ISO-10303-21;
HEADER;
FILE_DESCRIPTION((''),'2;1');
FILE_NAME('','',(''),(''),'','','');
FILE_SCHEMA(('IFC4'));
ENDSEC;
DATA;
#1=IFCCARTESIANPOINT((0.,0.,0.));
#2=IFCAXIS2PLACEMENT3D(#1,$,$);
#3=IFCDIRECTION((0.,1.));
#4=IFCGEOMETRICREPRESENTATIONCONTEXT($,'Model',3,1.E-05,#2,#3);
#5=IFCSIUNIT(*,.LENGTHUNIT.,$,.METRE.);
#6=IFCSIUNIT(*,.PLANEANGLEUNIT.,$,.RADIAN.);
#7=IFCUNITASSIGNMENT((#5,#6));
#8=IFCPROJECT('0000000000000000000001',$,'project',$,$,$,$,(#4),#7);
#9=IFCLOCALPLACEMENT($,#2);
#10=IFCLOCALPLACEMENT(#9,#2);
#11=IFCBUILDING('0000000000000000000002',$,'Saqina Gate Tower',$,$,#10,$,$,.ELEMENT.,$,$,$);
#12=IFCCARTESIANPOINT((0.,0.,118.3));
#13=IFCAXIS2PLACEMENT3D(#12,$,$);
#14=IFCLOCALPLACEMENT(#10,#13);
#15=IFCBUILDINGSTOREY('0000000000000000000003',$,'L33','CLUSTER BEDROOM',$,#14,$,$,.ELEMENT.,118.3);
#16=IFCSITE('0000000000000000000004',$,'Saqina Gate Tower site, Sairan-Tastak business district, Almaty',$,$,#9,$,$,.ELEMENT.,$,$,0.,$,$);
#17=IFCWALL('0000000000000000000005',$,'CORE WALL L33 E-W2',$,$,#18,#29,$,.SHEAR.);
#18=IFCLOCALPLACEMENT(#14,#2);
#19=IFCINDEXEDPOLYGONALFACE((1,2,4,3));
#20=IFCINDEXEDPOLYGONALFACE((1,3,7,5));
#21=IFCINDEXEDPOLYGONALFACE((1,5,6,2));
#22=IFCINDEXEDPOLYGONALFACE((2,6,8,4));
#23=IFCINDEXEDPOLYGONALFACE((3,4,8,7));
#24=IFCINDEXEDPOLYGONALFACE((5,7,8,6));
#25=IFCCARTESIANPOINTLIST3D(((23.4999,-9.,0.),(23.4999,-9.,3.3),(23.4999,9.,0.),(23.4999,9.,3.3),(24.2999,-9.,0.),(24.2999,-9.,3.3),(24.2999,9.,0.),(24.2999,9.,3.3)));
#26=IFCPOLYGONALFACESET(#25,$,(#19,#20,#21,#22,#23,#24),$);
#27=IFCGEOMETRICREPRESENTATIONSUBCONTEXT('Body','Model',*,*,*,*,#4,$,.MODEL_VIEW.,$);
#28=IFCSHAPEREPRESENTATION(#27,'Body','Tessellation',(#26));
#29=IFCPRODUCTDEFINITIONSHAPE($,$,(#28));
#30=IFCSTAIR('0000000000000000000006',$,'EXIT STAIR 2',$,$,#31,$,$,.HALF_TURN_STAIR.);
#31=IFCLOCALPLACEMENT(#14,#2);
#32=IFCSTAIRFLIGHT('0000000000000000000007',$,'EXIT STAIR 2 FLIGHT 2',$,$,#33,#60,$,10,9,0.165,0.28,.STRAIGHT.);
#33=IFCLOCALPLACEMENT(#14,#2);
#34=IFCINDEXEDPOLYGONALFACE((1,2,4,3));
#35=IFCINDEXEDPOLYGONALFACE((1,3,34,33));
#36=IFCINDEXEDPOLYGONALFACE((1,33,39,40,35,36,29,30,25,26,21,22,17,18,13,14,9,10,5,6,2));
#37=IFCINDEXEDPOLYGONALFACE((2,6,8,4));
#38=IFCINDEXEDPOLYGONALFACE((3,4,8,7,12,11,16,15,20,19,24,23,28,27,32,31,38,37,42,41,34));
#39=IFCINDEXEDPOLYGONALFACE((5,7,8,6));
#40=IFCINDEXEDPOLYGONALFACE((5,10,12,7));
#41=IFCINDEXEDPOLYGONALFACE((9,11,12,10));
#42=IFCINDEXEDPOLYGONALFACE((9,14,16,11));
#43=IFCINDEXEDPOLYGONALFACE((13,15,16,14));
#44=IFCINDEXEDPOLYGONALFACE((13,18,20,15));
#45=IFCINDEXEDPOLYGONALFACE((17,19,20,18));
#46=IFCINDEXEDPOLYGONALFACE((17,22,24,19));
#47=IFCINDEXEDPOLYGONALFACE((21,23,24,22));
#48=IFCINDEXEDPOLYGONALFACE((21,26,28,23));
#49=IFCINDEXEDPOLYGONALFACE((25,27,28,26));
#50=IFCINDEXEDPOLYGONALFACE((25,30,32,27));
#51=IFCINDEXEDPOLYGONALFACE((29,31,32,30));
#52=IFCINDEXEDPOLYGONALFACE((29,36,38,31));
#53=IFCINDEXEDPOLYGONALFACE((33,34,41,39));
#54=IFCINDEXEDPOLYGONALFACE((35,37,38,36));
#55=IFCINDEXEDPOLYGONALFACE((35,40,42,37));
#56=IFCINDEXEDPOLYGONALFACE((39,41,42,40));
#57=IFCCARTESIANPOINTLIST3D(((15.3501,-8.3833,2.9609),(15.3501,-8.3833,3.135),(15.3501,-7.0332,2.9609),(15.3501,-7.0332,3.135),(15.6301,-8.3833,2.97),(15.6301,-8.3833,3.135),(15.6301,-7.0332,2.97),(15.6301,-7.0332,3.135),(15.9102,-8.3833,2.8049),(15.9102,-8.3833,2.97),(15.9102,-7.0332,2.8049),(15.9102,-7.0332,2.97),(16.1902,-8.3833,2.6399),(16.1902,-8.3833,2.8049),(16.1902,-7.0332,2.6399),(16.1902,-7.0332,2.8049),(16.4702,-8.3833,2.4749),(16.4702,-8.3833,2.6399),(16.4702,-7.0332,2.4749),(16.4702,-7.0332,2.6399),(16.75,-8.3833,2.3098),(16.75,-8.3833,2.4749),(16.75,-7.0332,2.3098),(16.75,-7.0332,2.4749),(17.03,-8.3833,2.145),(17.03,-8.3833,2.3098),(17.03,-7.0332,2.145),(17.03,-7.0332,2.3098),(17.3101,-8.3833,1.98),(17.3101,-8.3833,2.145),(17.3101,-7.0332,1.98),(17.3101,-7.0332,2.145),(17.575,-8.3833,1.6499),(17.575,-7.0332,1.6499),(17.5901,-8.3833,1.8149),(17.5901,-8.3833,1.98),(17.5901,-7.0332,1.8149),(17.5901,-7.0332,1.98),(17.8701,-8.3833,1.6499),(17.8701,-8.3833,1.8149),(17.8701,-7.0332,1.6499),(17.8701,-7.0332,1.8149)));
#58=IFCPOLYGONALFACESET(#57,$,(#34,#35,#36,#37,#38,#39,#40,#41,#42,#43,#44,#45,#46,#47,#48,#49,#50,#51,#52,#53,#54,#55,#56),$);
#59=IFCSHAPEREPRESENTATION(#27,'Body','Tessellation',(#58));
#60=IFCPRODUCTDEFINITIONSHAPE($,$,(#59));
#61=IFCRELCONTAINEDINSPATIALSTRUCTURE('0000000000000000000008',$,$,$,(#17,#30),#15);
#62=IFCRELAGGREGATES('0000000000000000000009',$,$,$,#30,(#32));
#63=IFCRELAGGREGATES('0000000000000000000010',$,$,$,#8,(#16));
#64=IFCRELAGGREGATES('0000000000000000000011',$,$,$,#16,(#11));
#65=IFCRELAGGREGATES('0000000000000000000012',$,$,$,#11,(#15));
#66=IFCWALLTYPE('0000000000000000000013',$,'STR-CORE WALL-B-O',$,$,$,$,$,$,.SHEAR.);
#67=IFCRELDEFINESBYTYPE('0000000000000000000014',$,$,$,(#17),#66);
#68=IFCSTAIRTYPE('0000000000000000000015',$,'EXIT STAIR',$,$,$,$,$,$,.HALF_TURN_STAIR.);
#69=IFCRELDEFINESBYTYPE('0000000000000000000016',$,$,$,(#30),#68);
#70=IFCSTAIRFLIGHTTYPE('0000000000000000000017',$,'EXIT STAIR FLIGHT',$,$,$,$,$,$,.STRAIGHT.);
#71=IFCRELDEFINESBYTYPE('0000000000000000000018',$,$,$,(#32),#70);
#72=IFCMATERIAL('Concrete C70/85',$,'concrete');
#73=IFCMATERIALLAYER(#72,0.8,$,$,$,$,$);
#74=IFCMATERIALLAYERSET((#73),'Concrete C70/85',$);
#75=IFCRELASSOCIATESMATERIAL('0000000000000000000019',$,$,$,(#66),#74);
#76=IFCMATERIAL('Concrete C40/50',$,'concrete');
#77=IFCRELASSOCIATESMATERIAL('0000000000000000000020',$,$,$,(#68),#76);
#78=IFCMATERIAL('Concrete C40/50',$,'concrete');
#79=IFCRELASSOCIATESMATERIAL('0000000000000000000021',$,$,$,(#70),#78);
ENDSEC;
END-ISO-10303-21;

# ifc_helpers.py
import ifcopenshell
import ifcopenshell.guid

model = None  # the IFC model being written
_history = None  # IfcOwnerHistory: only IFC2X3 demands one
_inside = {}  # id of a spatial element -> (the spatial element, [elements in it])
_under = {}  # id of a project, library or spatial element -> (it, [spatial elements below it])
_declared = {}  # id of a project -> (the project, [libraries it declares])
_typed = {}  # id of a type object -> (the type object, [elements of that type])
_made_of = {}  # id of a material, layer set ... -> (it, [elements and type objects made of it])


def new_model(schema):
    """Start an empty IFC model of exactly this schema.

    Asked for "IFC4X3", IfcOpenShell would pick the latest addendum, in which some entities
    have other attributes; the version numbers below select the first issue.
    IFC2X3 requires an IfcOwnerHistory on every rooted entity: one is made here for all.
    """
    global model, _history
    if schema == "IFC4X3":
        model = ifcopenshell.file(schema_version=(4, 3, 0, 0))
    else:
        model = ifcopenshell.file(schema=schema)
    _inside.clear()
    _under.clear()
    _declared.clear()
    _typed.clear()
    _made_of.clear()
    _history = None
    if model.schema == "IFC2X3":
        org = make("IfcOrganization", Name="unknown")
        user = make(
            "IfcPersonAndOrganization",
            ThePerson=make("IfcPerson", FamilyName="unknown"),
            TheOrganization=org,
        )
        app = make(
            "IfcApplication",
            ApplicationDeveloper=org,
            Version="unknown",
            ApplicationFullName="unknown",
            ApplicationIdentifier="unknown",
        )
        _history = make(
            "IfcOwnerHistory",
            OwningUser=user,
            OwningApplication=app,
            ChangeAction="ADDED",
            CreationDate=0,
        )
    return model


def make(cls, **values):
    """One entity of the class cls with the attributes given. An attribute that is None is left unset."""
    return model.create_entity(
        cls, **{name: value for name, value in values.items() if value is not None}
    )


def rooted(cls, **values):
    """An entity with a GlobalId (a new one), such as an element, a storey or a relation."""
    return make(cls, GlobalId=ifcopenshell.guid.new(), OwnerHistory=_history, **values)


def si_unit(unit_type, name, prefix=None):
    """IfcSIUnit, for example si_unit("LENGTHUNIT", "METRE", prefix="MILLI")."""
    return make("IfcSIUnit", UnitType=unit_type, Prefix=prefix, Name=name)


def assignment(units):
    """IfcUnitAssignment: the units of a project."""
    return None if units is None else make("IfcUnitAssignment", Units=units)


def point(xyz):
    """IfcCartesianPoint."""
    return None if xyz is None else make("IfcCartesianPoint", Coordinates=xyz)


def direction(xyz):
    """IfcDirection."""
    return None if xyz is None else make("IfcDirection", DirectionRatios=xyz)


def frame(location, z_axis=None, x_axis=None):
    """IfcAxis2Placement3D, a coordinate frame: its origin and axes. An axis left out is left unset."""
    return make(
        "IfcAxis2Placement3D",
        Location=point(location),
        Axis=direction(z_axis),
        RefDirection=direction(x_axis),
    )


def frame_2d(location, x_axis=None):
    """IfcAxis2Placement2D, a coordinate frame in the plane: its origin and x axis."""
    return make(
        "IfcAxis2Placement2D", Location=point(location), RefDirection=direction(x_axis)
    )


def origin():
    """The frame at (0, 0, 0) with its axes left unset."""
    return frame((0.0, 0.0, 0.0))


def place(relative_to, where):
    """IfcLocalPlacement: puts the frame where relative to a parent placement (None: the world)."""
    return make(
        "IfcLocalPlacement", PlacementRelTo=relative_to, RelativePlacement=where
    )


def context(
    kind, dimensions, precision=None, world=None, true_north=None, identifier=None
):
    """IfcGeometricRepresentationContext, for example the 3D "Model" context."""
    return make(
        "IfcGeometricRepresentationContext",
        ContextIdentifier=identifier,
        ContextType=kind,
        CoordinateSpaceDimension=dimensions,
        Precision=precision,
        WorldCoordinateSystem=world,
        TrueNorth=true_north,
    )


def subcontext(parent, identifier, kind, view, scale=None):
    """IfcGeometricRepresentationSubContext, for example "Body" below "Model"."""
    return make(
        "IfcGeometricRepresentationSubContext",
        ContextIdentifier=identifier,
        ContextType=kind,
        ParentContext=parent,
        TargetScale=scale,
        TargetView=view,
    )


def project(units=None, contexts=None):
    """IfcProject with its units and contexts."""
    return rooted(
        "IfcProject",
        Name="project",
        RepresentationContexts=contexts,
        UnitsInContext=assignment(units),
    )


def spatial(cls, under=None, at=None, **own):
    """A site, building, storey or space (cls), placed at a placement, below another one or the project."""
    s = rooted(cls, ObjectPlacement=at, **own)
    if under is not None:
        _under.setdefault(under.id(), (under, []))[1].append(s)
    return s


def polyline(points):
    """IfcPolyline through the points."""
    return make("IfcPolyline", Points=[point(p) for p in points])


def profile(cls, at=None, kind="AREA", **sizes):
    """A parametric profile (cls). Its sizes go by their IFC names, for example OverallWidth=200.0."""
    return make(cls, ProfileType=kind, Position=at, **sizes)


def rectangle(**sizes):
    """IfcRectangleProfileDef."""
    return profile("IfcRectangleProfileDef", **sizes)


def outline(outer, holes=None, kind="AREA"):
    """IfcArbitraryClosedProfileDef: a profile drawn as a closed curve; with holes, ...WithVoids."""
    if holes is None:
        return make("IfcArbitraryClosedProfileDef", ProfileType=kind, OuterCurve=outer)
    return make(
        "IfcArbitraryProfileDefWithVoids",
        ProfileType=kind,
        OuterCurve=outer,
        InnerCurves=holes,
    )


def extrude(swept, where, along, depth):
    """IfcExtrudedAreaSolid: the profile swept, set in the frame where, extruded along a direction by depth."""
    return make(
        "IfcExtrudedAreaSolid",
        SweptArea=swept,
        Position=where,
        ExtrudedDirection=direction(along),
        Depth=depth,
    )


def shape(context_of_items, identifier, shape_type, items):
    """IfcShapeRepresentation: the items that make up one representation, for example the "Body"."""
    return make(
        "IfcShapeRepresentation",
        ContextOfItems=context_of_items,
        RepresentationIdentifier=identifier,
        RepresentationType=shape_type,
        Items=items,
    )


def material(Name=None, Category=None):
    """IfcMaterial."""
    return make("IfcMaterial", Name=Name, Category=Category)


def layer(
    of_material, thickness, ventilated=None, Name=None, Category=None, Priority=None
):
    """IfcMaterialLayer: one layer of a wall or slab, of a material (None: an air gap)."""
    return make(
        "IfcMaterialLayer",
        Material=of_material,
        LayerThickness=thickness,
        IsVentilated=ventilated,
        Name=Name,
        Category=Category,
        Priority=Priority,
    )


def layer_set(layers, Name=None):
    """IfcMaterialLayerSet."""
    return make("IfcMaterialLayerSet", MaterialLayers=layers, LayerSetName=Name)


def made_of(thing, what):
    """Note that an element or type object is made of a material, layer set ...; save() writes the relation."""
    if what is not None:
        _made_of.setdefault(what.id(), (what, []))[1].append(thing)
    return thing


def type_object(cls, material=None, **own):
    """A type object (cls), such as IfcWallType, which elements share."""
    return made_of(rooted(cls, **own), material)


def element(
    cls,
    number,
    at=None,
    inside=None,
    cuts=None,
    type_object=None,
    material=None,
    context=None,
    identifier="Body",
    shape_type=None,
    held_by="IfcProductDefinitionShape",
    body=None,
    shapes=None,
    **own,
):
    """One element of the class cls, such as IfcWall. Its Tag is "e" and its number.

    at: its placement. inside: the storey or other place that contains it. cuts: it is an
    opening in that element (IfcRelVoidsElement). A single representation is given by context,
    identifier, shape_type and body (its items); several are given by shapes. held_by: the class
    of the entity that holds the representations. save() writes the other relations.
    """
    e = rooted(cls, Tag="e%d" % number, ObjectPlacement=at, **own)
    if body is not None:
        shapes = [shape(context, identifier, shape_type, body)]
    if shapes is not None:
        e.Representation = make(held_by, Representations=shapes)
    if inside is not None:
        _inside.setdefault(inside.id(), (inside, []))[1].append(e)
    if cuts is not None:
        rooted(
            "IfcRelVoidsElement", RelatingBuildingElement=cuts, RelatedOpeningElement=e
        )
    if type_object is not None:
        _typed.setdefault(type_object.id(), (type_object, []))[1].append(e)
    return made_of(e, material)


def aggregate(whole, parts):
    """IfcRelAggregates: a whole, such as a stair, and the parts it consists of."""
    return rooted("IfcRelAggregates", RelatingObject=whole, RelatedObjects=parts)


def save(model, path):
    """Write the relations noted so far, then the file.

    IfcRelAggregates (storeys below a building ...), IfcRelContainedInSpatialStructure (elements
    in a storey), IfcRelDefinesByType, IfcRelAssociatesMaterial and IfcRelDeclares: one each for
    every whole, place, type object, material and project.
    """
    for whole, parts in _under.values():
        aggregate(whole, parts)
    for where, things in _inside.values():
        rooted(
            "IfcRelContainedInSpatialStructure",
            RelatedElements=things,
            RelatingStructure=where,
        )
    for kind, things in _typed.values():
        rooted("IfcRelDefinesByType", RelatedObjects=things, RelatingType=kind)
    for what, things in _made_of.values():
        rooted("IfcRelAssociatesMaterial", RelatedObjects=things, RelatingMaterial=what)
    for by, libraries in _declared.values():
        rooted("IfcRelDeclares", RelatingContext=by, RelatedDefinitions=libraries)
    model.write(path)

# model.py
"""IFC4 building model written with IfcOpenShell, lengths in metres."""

from ifc_helpers import new_model, si_unit, direction, frame, frame_2d, origin, place, context, subcontext, project, spatial, polyline, rectangle, outline, extrude, material, layer, layer_set, type_object, element, aggregate, save


model = new_model("IFC4")

# Units and contexts
model_context = context("Model", 3, precision=1e-05, world=origin(), true_north=direction((0.0, 1.0)))
body_context = subcontext(model_context, "Body", "Model", "MODEL_VIEW")
ifc_project = project(units=[si_unit("LENGTHUNIT", "METRE"), si_unit("PLANEANGLEUNIT", "RADIAN")], contexts=[model_context])

# Site, building, storey
site_placement = place(None, origin())
site = spatial("IfcSite", under=ifc_project, at=site_placement, Name="Saqina Gate Tower site, Sairan-Tastak business district, Almaty", CompositionType="ELEMENT", RefElevation=0.0)
building_placement = place(site_placement, origin())
building = spatial("IfcBuilding", under=site, at=building_placement, Name="Saqina Gate Tower", CompositionType="ELEMENT")
storey_placement = place(building_placement, frame((0.0, 0.0, 118.3)))
storey = spatial("IfcBuildingStorey", under=building, at=storey_placement, Name="L33", Description="CLUSTER BEDROOM", CompositionType="ELEMENT", Elevation=118.3)

# Wall
ifc_material_1 = material(Name="Concrete C70/85", Category="concrete")
ifc_layer_1 = layer(ifc_material_1, 0.8)
ifc_layer_set_1 = layer_set([ifc_layer_1], Name="Concrete C70/85")
wall_type_1 = type_object("IfcWallType", Name="STR-CORE WALL-B-O", PredefinedType="SHEAR", material=ifc_layer_set_1)
wall_1_placement = place(storey_placement, frame((23.8999, -9.0, 0.0), z_axis=(0.0, 0.0, 1.0), x_axis=(0.0, 1.0, 0.0)))
element("IfcWall", 1, at=wall_1_placement, inside=storey, type_object=wall_type_1, Name="CORE WALL L33 E-W2", PredefinedType="SHEAR", context=body_context, shape_type="SweptSolid", body=[
    extrude(rectangle(XDim=18.0, YDim=0.8, at=frame_2d((9.0, 0.0))), origin(), (0.0, 0.0, 1.0), 3.3),
])

# Stair, stair flight
ifc_material_2 = material(Name="Concrete C40/50", Category="concrete")
stair_type = type_object("IfcStairType", Name="EXIT STAIR", PredefinedType="HALF_TURN_STAIR", material=ifc_material_2)
stair_placement = place(storey_placement, origin())
stair = element("IfcStair", 2, at=stair_placement, inside=storey, type_object=stair_type, Name="EXIT STAIR 2", PredefinedType="HALF_TURN_STAIR")
ifc_material_3 = material(Name="Concrete C40/50", Category="concrete")
stair_flight_type = type_object("IfcStairFlightType", Name="EXIT STAIR FLIGHT", PredefinedType="STRAIGHT", material=ifc_material_3)
stair_flight_placement = place(storey_placement, frame((17.8701, -7.7083, 1.6499), z_axis=(0.0, 0.0, 1.0), x_axis=(-1.0, 0.0, 0.0)))
stair_flight = element("IfcStairFlight", 3, at=stair_flight_placement, type_object=stair_flight_type, Name="EXIT STAIR 2 FLIGHT 2", NumberOfRisers=10, NumberOfTreads=9, PredefinedType="STRAIGHT", RiserHeight=0.165, TreadLength=0.28, context=body_context, shape_type="SweptSolid", body=[
    extrude(outline(polyline([(0.0, 0.0), (0.0, 0.165), (0.28, 0.165), (0.28, 0.3301), (0.5601, 0.3301), (0.5601, 0.4951), (0.8401, 0.4951), (0.8401, 0.6599), (1.1201, 0.6599), (1.1201, 0.825), (1.3999, 0.825), (1.3999, 0.99), (1.6799, 0.99), (1.6799, 1.155), (1.96, 1.155), (1.96, 1.3201), (2.24, 1.3201), (2.24, 1.4851), (2.52, 1.4851), (2.52, 1.6499), (2.52, 1.311), (0.2952, 0.0), (0.0, 0.0)])), frame((0.0, 0.675, 0.0), z_axis=(0.0, -1.0, 0.0), x_axis=(1.0, 0.0, 0.0)), (0.0, 0.0, 1.0), 1.3501),
])
aggregate(stair, [stair_flight])

save(model, "model.ifc")
